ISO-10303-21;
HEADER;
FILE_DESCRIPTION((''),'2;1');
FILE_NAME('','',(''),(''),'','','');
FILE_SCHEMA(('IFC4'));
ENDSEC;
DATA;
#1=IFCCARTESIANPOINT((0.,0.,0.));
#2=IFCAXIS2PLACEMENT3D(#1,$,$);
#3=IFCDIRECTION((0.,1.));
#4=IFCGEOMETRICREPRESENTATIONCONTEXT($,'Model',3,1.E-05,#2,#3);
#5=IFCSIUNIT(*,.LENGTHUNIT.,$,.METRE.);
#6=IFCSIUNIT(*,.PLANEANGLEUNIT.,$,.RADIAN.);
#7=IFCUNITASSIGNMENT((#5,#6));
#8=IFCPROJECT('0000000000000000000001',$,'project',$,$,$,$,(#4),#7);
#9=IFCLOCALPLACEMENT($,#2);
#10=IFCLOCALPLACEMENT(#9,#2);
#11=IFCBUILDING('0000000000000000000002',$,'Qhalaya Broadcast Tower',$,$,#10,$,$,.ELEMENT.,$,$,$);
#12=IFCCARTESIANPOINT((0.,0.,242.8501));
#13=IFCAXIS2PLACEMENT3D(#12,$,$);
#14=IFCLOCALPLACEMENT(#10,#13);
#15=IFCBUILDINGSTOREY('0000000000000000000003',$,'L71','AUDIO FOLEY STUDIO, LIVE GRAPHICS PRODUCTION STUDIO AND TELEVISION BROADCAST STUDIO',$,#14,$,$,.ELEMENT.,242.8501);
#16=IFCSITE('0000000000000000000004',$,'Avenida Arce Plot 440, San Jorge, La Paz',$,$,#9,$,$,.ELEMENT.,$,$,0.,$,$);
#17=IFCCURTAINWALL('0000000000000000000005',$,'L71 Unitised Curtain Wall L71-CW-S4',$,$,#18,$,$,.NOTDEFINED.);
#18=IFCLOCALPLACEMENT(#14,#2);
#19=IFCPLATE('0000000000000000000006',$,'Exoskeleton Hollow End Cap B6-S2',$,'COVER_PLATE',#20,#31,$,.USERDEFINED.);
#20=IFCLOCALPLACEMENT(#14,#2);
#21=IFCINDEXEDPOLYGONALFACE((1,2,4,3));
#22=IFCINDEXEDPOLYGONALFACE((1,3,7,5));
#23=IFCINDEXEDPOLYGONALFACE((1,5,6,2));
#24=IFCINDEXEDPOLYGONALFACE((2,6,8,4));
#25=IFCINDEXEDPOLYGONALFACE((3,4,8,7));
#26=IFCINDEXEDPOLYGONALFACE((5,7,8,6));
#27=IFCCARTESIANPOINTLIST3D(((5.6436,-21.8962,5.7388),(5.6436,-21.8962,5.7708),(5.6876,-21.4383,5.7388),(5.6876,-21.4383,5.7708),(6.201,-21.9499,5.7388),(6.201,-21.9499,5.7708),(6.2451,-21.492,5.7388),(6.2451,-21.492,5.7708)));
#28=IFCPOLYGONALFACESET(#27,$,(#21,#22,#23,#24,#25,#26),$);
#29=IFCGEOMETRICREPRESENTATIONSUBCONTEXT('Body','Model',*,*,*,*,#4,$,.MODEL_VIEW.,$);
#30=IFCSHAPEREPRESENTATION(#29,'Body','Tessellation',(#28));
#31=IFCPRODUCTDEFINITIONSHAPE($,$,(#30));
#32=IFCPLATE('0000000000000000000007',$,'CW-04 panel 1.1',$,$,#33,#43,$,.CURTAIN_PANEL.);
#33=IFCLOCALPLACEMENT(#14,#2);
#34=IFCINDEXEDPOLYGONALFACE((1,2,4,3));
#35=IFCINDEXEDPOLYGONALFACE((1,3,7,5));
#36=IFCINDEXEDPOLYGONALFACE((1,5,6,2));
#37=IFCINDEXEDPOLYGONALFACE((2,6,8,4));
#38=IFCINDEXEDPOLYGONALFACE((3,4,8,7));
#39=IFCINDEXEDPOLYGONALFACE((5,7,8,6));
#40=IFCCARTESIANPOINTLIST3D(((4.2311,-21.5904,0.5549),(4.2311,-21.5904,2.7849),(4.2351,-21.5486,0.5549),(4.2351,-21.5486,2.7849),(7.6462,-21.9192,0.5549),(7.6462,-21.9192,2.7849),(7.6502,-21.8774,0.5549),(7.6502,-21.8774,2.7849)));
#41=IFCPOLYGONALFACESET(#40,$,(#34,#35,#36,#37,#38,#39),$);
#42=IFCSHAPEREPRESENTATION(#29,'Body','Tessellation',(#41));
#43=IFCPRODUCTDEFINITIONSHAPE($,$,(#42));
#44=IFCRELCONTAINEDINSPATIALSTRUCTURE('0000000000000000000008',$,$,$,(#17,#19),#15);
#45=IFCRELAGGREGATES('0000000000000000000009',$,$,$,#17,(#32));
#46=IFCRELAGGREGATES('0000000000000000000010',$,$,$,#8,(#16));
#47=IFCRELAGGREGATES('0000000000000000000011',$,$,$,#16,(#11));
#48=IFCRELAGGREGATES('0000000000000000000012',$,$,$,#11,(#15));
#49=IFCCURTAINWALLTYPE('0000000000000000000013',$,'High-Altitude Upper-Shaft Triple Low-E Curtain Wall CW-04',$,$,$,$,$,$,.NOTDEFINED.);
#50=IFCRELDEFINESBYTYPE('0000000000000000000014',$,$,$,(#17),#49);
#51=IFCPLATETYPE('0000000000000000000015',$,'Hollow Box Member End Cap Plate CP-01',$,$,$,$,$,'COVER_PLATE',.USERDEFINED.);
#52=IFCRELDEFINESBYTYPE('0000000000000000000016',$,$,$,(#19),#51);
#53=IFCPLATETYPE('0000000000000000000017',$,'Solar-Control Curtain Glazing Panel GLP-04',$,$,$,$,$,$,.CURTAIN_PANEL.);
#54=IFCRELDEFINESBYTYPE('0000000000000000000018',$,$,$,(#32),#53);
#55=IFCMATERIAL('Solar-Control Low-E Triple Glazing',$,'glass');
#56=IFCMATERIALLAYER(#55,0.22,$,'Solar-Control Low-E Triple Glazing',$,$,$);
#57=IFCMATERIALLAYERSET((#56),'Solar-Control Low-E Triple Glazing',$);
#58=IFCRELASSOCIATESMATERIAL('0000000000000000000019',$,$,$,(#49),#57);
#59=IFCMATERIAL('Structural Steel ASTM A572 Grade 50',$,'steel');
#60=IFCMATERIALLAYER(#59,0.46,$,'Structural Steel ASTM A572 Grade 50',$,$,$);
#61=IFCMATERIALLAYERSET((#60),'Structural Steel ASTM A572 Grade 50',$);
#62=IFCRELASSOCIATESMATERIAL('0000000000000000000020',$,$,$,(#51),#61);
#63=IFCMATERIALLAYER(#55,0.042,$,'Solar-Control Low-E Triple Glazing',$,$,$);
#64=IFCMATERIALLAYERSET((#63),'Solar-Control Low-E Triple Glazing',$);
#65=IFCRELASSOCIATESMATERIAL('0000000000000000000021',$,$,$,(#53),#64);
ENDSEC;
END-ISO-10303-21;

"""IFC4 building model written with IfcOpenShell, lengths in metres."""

from ifc_helpers import new_model, si_unit, direction, frame, origin, origin_2d, place, context, subcontext, project, spatial, rectangle, extrude, material, layer, layer_set, type_object, element, aggregate, save


model = new_model("IFC4")

# Units and contexts
model_context = context("Model", 3, precision=1e-05, world=origin(), true_north=direction((0.0, 1.0)))
body_context = subcontext(model_context, "Body", "Model", "MODEL_VIEW")
ifc_project = project(units=[si_unit("LENGTHUNIT", "METRE"), si_unit("PLANEANGLEUNIT", "RADIAN")], contexts=[model_context])

# Site, building, storey
site_placement = place(None, origin())
site = spatial("IfcSite", under=ifc_project, at=site_placement, Name="Avenida Arce Plot 440, San Jorge, La Paz", CompositionType="ELEMENT", RefElevation=0.0)
building_placement = place(site_placement, origin())
building = spatial("IfcBuilding", under=site, at=building_placement, Name="Qhalaya Broadcast Tower", CompositionType="ELEMENT")
storey_placement = place(building_placement, frame((0.0, 0.0, 242.8501)))
storey = spatial("IfcBuildingStorey", under=building, at=storey_placement, Name="L71", Description="AUDIO FOLEY STUDIO, LIVE GRAPHICS PRODUCTION STUDIO AND TELEVISION BROADCAST STUDIO", CompositionType="ELEMENT", Elevation=242.8501)

# Shared definitions
ifc_material_1 = material(Name="Structural Steel ASTM A572 Grade 50", Category="steel")

# Curtain wall
ifc_material_2 = material(Name="Solar-Control Low-E Triple Glazing", Category="glass")
ifc_layer_1 = layer(ifc_material_2, 0.22, Name="Solar-Control Low-E Triple Glazing")
ifc_layer_set_1 = layer_set([ifc_layer_1], Name="Solar-Control Low-E Triple Glazing")
curtain_wall_type_1 = type_object("IfcCurtainWallType", Name="High-Altitude Upper-Shaft Triple Low-E Curtain Wall CW-04", PredefinedType="NOTDEFINED", material=ifc_layer_set_1)
curtain_wall_1_placement = place(storey_placement, origin())
curtain_wall_1 = element("IfcCurtainWall", 1, at=curtain_wall_1_placement, inside=storey, type_object=curtain_wall_type_1, Name="L71 Unitised Curtain Wall L71-CW-S4", PredefinedType="NOTDEFINED")

# Plate
ifc_layer_2 = layer(ifc_material_1, 0.46, Name="Structural Steel ASTM A572 Grade 50")
ifc_layer_set_2 = layer_set([ifc_layer_2], Name="Structural Steel ASTM A572 Grade 50")
plate_type_1 = type_object("IfcPlateType", Name="Hollow Box Member End Cap Plate CP-01", ElementType="COVER_PLATE", PredefinedType="USERDEFINED", material=ifc_layer_set_2)
plate_1_placement = place(storey_placement, frame((5.9443, -21.6941, 5.7388), z_axis=(0.0, 0.0, 1.0), x_axis=(0.995396, -0.095846, 0.0)))
element("IfcPlate", 2, at=plate_1_placement, inside=storey, type_object=plate_type_1, Name="Exoskeleton Hollow End Cap B6-S2", ObjectType="COVER_PLATE", PredefinedType="USERDEFINED", context=body_context, shape_type="SweptSolid", body=[
    extrude(rectangle(XDim=0.5601, YDim=0.46, at=origin_2d()), origin(), (0.0, 0.0, 1.0), 0.032),
])

# Plate
ifc_layer_3 = layer(ifc_material_2, 0.042, Name="Solar-Control Low-E Triple Glazing")
ifc_layer_set_3 = layer_set([ifc_layer_3], Name="Solar-Control Low-E Triple Glazing")
plate_type_2 = type_object("IfcPlateType", Name="Solar-Control Curtain Glazing Panel GLP-04", PredefinedType="CURTAIN_PANEL", material=ifc_layer_set_3)
plate_2_placement = place(storey_placement, frame((5.9407, -21.7339, 0.5549), z_axis=(0.0, 0.0, 1.0), x_axis=(0.995397, -0.09584, 0.0)))
plate_2 = element("IfcPlate", 3, at=plate_2_placement, type_object=plate_type_2, Name="CW-04 panel 1.1", PredefinedType="CURTAIN_PANEL", context=body_context, shape_type="SweptSolid", body=[
    extrude(rectangle(XDim=3.4309, YDim=0.042, at=origin_2d()), origin(), (0.0, 0.0, 1.0), 2.23),
])
aggregate(curtain_wall_1, [plate_2])

save(model, "model.ifc")
